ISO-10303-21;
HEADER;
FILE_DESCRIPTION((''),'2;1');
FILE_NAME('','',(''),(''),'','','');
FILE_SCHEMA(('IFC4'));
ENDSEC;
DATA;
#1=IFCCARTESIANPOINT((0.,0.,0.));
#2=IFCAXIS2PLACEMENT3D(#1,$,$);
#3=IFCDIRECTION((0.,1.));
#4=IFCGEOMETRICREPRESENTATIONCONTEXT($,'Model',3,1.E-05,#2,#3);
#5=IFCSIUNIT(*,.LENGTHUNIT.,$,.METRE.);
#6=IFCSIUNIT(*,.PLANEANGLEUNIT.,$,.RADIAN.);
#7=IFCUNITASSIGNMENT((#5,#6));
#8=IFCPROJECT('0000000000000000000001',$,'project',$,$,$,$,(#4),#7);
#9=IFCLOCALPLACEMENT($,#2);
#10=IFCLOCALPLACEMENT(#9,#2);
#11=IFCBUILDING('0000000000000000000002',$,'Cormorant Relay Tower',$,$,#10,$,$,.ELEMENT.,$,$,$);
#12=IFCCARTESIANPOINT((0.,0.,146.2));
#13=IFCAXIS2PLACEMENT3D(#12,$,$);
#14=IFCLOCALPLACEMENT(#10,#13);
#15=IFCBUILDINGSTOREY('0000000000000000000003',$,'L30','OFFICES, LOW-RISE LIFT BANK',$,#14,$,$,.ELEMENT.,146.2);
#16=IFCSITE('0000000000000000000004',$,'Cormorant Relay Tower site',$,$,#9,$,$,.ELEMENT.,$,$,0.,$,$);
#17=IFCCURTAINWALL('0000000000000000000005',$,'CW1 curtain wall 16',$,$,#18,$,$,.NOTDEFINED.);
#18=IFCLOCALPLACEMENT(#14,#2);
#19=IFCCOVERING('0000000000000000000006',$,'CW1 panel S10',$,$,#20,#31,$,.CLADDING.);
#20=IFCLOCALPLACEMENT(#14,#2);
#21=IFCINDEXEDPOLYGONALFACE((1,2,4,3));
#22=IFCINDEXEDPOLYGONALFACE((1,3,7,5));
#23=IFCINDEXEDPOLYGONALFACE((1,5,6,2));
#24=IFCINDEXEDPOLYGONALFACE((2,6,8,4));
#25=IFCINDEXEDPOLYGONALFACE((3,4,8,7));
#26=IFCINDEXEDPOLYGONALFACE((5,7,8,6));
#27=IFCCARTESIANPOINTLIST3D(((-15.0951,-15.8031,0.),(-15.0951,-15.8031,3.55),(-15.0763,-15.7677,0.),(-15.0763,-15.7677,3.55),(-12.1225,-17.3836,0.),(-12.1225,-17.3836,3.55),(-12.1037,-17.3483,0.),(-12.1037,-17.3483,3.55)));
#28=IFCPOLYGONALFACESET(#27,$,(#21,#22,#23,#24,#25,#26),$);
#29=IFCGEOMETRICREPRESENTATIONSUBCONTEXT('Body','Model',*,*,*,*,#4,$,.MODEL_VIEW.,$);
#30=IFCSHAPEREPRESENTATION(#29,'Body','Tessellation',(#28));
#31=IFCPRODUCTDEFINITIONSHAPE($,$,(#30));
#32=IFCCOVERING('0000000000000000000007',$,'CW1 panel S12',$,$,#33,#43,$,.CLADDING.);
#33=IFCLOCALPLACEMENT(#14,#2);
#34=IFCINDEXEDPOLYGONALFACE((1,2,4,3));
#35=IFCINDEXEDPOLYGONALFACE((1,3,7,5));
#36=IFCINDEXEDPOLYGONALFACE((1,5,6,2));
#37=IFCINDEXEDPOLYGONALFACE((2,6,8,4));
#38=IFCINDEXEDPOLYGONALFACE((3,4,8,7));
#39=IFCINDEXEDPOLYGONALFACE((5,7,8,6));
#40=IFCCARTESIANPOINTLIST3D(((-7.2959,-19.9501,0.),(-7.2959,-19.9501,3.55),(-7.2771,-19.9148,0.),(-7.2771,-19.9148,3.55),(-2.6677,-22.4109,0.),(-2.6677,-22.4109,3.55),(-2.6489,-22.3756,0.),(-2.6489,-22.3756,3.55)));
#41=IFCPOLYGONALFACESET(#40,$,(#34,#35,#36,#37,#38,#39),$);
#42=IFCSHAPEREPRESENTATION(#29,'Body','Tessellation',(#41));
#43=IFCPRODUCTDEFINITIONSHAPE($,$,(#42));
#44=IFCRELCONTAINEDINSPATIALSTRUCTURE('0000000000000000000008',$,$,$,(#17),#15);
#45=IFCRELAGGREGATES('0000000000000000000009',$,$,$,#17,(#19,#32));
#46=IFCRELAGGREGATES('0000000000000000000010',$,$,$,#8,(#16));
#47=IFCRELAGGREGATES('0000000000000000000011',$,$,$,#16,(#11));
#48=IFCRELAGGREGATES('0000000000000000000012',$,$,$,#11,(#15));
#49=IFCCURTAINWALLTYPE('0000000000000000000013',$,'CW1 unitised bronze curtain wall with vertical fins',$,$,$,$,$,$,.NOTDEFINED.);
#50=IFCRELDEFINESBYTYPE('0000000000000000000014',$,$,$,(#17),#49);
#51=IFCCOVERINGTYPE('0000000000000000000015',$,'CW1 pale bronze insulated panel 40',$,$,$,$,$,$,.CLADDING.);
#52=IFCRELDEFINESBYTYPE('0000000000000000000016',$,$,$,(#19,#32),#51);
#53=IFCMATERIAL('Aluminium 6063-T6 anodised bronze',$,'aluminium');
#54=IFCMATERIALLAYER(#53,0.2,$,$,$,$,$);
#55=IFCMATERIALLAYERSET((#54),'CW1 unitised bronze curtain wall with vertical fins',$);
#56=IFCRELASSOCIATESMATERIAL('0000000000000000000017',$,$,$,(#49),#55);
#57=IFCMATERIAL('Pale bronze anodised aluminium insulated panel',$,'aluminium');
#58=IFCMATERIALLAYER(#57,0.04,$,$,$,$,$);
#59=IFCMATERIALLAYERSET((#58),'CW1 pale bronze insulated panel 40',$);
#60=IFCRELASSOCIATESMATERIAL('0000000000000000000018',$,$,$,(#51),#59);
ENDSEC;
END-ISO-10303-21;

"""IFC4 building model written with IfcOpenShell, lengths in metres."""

from ifc_helpers import new_model, si_unit, direction, frame, origin, origin_2d, place, context, subcontext, project, spatial, rectangle, extrude, material, layer, layer_set, type_object, element, aggregate, save


model = new_model("IFC4")

# Units and contexts
model_context = context("Model", 3, precision=1e-05, world=origin(), true_north=direction((0.0, 1.0)))
body_context = subcontext(model_context, "Body", "Model", "MODEL_VIEW")
ifc_project = project(units=[si_unit("LENGTHUNIT", "METRE"), si_unit("PLANEANGLEUNIT", "RADIAN")], contexts=[model_context])

# Site, building, storey
site_placement = place(None, origin())
site = spatial("IfcSite", under=ifc_project, at=site_placement, Name="Cormorant Relay Tower site", CompositionType="ELEMENT", RefElevation=0.0)
building_placement = place(site_placement, origin())
building = spatial("IfcBuilding", under=site, at=building_placement, Name="Cormorant Relay Tower", CompositionType="ELEMENT")
storey_placement = place(building_placement, frame((0.0, 0.0, 146.2)))
storey = spatial("IfcBuildingStorey", under=building, at=storey_placement, Name="L30", Description="OFFICES, LOW-RISE LIFT BANK", CompositionType="ELEMENT", Elevation=146.2)

# Shared definitions
ifc_material_1 = material(Name="Aluminium 6063-T6 anodised bronze", Category="aluminium")
ifc_layer_1 = layer(ifc_material_1, 0.2)
ifc_layer_set_1 = layer_set([ifc_layer_1], Name="CW1 unitised bronze curtain wall with vertical fins")
curtain_wall_type = type_object("IfcCurtainWallType", Name="CW1 unitised bronze curtain wall with vertical fins", PredefinedType="NOTDEFINED", material=ifc_layer_set_1)

# Curtain wall
curtain_wall_1_placement = place(storey_placement, origin())
curtain_wall_1 = element("IfcCurtainWall", 1, at=curtain_wall_1_placement, inside=storey, type_object=curtain_wall_type, Name="CW1 curtain wall 16", PredefinedType="NOTDEFINED")

# Coverings
ifc_material_2 = material(Name="Pale bronze anodised aluminium insulated panel", Category="aluminium")
ifc_layer_2 = layer(ifc_material_2, 0.04)
ifc_layer_set_2 = layer_set([ifc_layer_2], Name="CW1 pale bronze insulated panel 40")
covering_type = type_object("IfcCoveringType", Name="CW1 pale bronze insulated panel 40", PredefinedType="CLADDING", material=ifc_layer_set_2)
covering_1_placement = place(storey_placement, frame((-13.5994, -16.5757, 0.0), z_axis=(0.0, 0.0, 1.0), x_axis=(0.882948, -0.469472, 0.0)))
covering_1 = element("IfcCovering", 2, at=covering_1_placement, type_object=covering_type, Name="CW1 panel S10", PredefinedType="CLADDING", context=body_context, shape_type="SweptSolid", body=[
    extrude(rectangle(XDim=3.3667, YDim=0.04, at=origin_2d()), origin(), (0.0, 0.0, 1.0), 3.55),
])
covering_2_placement = place(storey_placement, frame((-4.9724, -21.1628, 0.0), z_axis=(0.0, 0.0, 1.0), x_axis=(0.882948, -0.469472, 0.0)))
covering_2 = element("IfcCovering", 3, at=covering_2_placement, type_object=covering_type, Name="CW1 panel S12", PredefinedType="CLADDING", context=body_context, shape_type="SweptSolid", body=[
    extrude(rectangle(XDim=5.2417, YDim=0.04, at=origin_2d()), origin(), (0.0, 0.0, 1.0), 3.55),
])
aggregate(curtain_wall_1, [covering_1, covering_2])

save(model, "model.ifc")
